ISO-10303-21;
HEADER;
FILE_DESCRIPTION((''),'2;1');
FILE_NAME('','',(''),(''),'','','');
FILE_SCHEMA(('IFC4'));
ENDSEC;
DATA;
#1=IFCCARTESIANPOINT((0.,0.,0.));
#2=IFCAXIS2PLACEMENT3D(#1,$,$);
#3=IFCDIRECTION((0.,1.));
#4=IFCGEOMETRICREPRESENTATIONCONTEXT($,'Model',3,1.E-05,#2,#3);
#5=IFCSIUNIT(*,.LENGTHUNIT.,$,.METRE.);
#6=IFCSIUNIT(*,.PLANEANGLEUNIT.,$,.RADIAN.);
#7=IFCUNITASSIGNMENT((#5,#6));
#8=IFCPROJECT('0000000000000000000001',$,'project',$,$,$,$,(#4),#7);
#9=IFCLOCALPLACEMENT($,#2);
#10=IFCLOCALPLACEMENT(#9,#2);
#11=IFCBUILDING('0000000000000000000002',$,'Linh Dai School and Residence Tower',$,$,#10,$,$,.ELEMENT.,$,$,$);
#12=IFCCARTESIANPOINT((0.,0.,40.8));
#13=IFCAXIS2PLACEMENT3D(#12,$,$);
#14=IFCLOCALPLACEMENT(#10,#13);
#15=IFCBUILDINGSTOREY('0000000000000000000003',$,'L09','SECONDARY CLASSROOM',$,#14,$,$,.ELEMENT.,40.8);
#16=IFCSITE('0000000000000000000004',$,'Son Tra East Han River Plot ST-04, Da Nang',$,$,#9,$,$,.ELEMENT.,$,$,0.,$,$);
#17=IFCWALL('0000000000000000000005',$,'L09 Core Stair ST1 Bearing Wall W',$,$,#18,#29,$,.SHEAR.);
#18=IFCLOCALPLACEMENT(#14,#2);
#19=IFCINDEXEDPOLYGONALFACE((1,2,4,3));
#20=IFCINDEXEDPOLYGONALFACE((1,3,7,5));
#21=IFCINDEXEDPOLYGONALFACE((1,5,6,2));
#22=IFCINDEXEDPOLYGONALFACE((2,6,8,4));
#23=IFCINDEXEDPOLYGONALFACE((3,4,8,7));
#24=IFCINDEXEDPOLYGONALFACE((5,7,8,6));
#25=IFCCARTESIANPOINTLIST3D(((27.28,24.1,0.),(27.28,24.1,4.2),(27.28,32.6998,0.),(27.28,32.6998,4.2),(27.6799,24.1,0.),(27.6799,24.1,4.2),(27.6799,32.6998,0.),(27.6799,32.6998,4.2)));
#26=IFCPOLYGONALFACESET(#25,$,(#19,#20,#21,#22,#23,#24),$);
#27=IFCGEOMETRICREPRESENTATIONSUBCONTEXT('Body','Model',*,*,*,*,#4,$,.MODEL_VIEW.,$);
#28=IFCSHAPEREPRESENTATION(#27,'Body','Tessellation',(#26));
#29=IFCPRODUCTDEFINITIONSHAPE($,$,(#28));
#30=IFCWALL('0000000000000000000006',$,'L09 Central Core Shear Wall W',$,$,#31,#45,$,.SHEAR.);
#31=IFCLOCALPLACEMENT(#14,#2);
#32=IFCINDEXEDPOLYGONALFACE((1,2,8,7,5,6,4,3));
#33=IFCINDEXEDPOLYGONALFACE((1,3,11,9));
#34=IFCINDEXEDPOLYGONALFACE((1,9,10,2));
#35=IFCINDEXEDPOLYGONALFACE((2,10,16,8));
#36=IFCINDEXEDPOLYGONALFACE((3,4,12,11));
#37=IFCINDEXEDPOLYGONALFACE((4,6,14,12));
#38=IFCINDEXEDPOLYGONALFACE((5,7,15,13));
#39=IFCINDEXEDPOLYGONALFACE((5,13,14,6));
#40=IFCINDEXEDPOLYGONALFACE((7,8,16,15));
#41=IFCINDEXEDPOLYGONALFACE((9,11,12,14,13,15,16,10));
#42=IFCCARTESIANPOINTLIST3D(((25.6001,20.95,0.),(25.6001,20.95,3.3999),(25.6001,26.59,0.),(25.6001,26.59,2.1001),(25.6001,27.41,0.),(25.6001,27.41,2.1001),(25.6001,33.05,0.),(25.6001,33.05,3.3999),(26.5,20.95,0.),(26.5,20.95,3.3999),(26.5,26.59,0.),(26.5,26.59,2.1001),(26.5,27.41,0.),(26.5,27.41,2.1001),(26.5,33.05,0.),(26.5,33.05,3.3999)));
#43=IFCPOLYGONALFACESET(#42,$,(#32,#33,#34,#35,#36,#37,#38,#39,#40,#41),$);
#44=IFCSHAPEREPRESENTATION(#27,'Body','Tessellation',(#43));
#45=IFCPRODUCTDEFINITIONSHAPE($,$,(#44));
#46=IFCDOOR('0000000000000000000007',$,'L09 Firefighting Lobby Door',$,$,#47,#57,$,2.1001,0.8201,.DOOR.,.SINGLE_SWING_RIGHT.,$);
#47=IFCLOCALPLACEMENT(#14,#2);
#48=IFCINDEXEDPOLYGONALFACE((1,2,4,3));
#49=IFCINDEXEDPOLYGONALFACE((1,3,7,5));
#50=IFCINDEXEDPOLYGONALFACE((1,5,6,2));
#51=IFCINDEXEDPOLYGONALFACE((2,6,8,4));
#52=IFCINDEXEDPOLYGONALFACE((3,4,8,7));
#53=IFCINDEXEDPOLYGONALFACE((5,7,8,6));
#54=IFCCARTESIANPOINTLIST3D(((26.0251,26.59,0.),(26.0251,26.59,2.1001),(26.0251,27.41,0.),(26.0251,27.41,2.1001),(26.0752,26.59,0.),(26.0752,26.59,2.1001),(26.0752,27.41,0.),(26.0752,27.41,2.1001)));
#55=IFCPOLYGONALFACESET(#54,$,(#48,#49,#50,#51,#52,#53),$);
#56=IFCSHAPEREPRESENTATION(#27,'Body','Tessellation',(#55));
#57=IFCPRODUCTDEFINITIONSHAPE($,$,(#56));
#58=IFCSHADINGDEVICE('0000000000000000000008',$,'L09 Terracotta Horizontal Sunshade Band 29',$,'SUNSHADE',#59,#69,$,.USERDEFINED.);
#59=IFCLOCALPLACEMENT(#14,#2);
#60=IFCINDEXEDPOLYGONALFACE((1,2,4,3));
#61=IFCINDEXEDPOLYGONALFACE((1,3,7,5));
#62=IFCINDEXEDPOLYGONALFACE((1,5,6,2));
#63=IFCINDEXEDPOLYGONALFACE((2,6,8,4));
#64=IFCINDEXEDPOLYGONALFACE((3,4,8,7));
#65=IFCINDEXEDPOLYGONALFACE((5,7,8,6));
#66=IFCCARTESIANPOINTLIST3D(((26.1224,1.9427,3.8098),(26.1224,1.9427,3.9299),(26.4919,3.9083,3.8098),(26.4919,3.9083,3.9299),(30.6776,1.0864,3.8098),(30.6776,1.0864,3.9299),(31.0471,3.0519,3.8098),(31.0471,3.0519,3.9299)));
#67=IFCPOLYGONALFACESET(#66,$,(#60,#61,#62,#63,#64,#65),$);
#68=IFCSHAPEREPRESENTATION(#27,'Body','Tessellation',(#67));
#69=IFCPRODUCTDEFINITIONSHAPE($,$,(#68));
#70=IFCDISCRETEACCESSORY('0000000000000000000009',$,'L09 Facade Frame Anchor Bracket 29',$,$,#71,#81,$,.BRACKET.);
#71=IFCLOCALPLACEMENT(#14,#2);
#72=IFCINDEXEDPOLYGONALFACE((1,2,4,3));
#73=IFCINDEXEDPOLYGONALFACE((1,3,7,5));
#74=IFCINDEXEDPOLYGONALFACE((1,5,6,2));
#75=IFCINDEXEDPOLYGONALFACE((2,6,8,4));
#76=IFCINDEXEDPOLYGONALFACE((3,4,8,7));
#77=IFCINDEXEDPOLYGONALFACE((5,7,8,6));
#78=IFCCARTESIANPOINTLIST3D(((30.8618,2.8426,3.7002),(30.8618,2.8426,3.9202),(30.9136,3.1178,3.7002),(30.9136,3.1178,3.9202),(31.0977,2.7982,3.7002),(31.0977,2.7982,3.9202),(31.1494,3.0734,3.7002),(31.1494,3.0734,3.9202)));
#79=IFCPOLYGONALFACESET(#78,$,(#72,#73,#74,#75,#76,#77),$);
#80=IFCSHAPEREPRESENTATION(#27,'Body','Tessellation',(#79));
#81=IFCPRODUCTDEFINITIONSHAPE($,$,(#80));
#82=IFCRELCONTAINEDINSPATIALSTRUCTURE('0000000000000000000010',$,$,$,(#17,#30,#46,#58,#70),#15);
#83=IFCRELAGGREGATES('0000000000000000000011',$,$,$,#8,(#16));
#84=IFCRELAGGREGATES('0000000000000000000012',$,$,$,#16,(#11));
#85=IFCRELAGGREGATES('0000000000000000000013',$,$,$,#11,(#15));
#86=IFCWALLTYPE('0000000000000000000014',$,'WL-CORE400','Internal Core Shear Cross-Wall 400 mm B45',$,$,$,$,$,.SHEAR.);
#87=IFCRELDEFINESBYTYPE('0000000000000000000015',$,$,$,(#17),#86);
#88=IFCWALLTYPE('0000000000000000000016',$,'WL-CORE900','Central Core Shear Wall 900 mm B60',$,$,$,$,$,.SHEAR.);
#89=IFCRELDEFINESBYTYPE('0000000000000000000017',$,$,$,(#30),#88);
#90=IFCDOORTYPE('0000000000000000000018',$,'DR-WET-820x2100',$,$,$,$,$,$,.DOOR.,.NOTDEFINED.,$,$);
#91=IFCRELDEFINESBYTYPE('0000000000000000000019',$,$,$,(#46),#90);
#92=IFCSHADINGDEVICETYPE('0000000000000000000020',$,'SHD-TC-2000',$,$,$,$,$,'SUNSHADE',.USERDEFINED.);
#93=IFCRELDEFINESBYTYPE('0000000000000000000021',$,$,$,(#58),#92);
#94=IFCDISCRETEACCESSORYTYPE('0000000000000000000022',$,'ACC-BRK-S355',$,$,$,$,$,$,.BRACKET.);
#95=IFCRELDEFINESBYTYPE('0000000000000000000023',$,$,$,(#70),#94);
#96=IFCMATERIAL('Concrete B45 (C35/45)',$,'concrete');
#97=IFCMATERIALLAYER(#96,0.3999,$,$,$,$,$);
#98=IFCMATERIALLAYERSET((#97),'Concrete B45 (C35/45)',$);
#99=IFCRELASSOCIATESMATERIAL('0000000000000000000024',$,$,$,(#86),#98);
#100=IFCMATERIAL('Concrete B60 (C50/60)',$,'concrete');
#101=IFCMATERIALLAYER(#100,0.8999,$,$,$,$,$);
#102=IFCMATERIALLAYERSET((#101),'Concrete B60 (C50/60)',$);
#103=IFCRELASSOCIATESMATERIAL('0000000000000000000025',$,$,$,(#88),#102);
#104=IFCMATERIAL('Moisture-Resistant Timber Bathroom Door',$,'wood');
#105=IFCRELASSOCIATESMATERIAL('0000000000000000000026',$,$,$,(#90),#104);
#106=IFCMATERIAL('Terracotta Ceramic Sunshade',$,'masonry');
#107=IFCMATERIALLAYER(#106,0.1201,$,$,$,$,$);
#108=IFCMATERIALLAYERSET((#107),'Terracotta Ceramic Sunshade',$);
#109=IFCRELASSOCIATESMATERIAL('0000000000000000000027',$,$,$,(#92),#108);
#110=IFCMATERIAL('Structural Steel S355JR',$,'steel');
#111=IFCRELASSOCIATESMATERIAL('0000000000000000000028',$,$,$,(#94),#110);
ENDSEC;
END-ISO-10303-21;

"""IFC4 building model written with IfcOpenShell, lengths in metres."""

from ifc_helpers import new_model, si_unit, direction, frame, frame_2d, origin, origin_2d, place, context, subcontext, project, spatial, rectangle, extrude, source, transform, mapped, material, layer, layer_set, type_object, element, fill, save


model = new_model("IFC4")

# Units and contexts
model_context = context("Model", 3, precision=1e-05, world=origin(), true_north=direction((0.0, 1.0)))
body_context = subcontext(model_context, "Body", "Model", "MODEL_VIEW")
ifc_project = project(units=[si_unit("LENGTHUNIT", "METRE"), si_unit("PLANEANGLEUNIT", "RADIAN")], contexts=[model_context])

# Site, building, storey
site_placement = place(None, origin())
site = spatial("IfcSite", under=ifc_project, at=site_placement, Name="Son Tra East Han River Plot ST-04, Da Nang", CompositionType="ELEMENT", RefElevation=0.0)
building_placement = place(site_placement, origin())
building = spatial("IfcBuilding", under=site, at=building_placement, Name="Linh Dai School and Residence Tower", CompositionType="ELEMENT")
storey_placement = place(building_placement, frame((0.0, 0.0, 40.8)))
storey = spatial("IfcBuildingStorey", under=building, at=storey_placement, Name="L09", Description="SECONDARY CLASSROOM", CompositionType="ELEMENT", Elevation=40.8)

# Shared definitions
ifc_material_1 = material(Name="Structural Steel S355JR", Category="steel")

# Shared definitions
ifc_material_2 = material(Name="Concrete B45 (C35/45)", Category="concrete")

# Wall
ifc_layer_1 = layer(ifc_material_2, 0.3999)
ifc_layer_set_1 = layer_set([ifc_layer_1], Name="Concrete B45 (C35/45)")
wall_type_1 = type_object("IfcWallType", Name="WL-CORE400", Description="Internal Core Shear Cross-Wall 400 mm B45", PredefinedType="SHEAR", material=ifc_layer_set_1)
wall_1_placement = place(storey_placement, frame((27.48, 24.1001, 0.0), z_axis=(0.0, 0.0, 1.0), x_axis=(0.0, 1.0, 0.0)))
element("IfcWall", 1, at=wall_1_placement, inside=storey, type_object=wall_type_1, Name="L09 Core Stair ST1 Bearing Wall W", PredefinedType="SHEAR", context=body_context, shape_type="SweptSolid", body=[
    extrude(rectangle(XDim=8.5999, YDim=0.3999, at=frame_2d((4.2998, 0.0))), origin(), (0.0, 0.0, 1.0), 4.2),
])

# Wall, opening, door
ifc_material_3 = material(Name="Concrete B60 (C50/60)", Category="concrete")
ifc_layer_2 = layer(ifc_material_3, 0.8999)
ifc_layer_set_2 = layer_set([ifc_layer_2], Name="Concrete B60 (C50/60)")
wall_type_2 = type_object("IfcWallType", Name="WL-CORE900", Description="Central Core Shear Wall 900 mm B60", PredefinedType="SHEAR", material=ifc_layer_set_2)
wall_2_placement = place(storey_placement, frame((26.05, 20.95, 0.0), z_axis=(0.0, 0.0, 1.0), x_axis=(0.0, 1.0, 0.0)))
wall_2 = element("IfcWall", 2, at=wall_2_placement, inside=storey, type_object=wall_type_2, Name="L09 Central Core Shear Wall W", PredefinedType="SHEAR", context=body_context, shape_type="SweptSolid", body=[
    extrude(rectangle(XDim=12.1001, YDim=0.8999, at=frame_2d((6.05, 0.0))), origin(), (0.0, 0.0, 1.0), 3.3999),
])
opening_1_placement = place(wall_2_placement, frame((5.6399, 0.0, 0.0)))
opening_1 = element("IfcOpeningElement", 3, at=opening_1_placement, cuts=wall_2, PredefinedType="OPENING", context=body_context, shape_type="SweptSolid", body=[
    extrude(rectangle(XDim=0.8201, YDim=2.1001, at=origin_2d()), frame((0.4102, 0.46, 1.05), z_axis=(0.0, -1.0, 0.0), x_axis=(1.0, 0.0, 0.0)), (0.0, 0.0, 1.0), 0.9199),
])
ifc_material_4 = material(Name="Moisture-Resistant Timber Bathroom Door", Category="wood")
door_type_1 = type_object("IfcDoorType", Name="DR-WET-820x2100", OperationType="NOTDEFINED", PredefinedType="DOOR", material=ifc_material_4)
shared_shape_1 = source(origin(), body_context, "Body", "SweptSolid", [
    extrude(rectangle(XDim=0.8201, YDim=2.1001, at=origin_2d()), frame((0.4102, 0.0249, 1.05), z_axis=(0.0, -1.0, 0.0), x_axis=(1.0, 0.0, 0.0)), (0.0, 0.0, 1.0), 0.05),
])
door_1_placement = place(opening_1_placement, origin())
door_1 = element("IfcDoor", 4, at=door_1_placement, inside=storey, type_object=door_type_1, Name="L09 Firefighting Lobby Door", OperationType="SINGLE_SWING_RIGHT", OverallHeight=2.1001, OverallWidth=0.8201, PredefinedType="DOOR", context=body_context, shape_type="MappedRepresentation", body=[
    mapped(shared_shape_1, transform((0.0, 0.0, 0.0), x_axis=(1.0, 0.0, 0.0), y_axis=(0.0, 1.0, 0.0), z_axis=(0.0, 0.0, 1.0), scale=1.0)),
])
fill(opening_1, door_1)

# Shading device
ifc_material_5 = material(Name="Terracotta Ceramic Sunshade", Category="masonry")
ifc_layer_3 = layer(ifc_material_5, 0.1201)
ifc_layer_set_3 = layer_set([ifc_layer_3], Name="Terracotta Ceramic Sunshade")
shading_device_type = type_object("IfcShadingDeviceType", Name="SHD-TC-2000", ElementType="SUNSHADE", PredefinedType="USERDEFINED", material=ifc_layer_set_3)
shared_shape_2 = source(origin(), body_context, "Body", "SweptSolid", [
    extrude(rectangle(XDim=4.635, YDim=2.0, at=origin_2d()), origin(), (0.0, 0.0, 1.0), 0.1201),
])
shading_device_placement = place(storey_placement, frame((28.5847, 2.4973, 3.8098), z_axis=(0.0, 0.0, 1.0), x_axis=(-0.982786, 0.184748, 0.0)))
element("IfcShadingDevice", 5, at=shading_device_placement, inside=storey, type_object=shading_device_type, Name="L09 Terracotta Horizontal Sunshade Band 29", ObjectType="SUNSHADE", PredefinedType="USERDEFINED", context=body_context, shape_type="MappedRepresentation", body=[
    mapped(shared_shape_2, transform((0.0, 0.0, 0.0), x_axis=(1.0, 0.0, 0.0), y_axis=(0.0, 1.0, 0.0), z_axis=(0.0, 0.0, 1.0), scale=1.0)),
])

# Discrete accessory
discrete_accessory_type = type_object("IfcDiscreteAccessoryType", Name="ACC-BRK-S355", PredefinedType="BRACKET", material=ifc_material_1)
shared_shape_3 = source(origin(), body_context, "Body", "SweptSolid", [
    extrude(rectangle(XDim=0.28, YDim=0.24, at=origin_2d()), origin(), (0.0, 0.0, 1.0), 0.22),
])
discrete_accessory_placement = place(storey_placement, frame((31.0056, 2.958, 3.7002), z_axis=(0.0, 0.0, 1.0), x_axis=(-0.184748, -0.982786, 0.0)))
element("IfcDiscreteAccessory", 6, at=discrete_accessory_placement, inside=storey, type_object=discrete_accessory_type, Name="L09 Facade Frame Anchor Bracket 29", PredefinedType="BRACKET", context=body_context, shape_type="MappedRepresentation", body=[
    mapped(shared_shape_3, transform((0.0, 0.0, 0.0), x_axis=(1.0, 0.0, 0.0), y_axis=(0.0, 1.0, 0.0), z_axis=(0.0, 0.0, 1.0), scale=1.0)),
])

save(model, "model.ifc")
